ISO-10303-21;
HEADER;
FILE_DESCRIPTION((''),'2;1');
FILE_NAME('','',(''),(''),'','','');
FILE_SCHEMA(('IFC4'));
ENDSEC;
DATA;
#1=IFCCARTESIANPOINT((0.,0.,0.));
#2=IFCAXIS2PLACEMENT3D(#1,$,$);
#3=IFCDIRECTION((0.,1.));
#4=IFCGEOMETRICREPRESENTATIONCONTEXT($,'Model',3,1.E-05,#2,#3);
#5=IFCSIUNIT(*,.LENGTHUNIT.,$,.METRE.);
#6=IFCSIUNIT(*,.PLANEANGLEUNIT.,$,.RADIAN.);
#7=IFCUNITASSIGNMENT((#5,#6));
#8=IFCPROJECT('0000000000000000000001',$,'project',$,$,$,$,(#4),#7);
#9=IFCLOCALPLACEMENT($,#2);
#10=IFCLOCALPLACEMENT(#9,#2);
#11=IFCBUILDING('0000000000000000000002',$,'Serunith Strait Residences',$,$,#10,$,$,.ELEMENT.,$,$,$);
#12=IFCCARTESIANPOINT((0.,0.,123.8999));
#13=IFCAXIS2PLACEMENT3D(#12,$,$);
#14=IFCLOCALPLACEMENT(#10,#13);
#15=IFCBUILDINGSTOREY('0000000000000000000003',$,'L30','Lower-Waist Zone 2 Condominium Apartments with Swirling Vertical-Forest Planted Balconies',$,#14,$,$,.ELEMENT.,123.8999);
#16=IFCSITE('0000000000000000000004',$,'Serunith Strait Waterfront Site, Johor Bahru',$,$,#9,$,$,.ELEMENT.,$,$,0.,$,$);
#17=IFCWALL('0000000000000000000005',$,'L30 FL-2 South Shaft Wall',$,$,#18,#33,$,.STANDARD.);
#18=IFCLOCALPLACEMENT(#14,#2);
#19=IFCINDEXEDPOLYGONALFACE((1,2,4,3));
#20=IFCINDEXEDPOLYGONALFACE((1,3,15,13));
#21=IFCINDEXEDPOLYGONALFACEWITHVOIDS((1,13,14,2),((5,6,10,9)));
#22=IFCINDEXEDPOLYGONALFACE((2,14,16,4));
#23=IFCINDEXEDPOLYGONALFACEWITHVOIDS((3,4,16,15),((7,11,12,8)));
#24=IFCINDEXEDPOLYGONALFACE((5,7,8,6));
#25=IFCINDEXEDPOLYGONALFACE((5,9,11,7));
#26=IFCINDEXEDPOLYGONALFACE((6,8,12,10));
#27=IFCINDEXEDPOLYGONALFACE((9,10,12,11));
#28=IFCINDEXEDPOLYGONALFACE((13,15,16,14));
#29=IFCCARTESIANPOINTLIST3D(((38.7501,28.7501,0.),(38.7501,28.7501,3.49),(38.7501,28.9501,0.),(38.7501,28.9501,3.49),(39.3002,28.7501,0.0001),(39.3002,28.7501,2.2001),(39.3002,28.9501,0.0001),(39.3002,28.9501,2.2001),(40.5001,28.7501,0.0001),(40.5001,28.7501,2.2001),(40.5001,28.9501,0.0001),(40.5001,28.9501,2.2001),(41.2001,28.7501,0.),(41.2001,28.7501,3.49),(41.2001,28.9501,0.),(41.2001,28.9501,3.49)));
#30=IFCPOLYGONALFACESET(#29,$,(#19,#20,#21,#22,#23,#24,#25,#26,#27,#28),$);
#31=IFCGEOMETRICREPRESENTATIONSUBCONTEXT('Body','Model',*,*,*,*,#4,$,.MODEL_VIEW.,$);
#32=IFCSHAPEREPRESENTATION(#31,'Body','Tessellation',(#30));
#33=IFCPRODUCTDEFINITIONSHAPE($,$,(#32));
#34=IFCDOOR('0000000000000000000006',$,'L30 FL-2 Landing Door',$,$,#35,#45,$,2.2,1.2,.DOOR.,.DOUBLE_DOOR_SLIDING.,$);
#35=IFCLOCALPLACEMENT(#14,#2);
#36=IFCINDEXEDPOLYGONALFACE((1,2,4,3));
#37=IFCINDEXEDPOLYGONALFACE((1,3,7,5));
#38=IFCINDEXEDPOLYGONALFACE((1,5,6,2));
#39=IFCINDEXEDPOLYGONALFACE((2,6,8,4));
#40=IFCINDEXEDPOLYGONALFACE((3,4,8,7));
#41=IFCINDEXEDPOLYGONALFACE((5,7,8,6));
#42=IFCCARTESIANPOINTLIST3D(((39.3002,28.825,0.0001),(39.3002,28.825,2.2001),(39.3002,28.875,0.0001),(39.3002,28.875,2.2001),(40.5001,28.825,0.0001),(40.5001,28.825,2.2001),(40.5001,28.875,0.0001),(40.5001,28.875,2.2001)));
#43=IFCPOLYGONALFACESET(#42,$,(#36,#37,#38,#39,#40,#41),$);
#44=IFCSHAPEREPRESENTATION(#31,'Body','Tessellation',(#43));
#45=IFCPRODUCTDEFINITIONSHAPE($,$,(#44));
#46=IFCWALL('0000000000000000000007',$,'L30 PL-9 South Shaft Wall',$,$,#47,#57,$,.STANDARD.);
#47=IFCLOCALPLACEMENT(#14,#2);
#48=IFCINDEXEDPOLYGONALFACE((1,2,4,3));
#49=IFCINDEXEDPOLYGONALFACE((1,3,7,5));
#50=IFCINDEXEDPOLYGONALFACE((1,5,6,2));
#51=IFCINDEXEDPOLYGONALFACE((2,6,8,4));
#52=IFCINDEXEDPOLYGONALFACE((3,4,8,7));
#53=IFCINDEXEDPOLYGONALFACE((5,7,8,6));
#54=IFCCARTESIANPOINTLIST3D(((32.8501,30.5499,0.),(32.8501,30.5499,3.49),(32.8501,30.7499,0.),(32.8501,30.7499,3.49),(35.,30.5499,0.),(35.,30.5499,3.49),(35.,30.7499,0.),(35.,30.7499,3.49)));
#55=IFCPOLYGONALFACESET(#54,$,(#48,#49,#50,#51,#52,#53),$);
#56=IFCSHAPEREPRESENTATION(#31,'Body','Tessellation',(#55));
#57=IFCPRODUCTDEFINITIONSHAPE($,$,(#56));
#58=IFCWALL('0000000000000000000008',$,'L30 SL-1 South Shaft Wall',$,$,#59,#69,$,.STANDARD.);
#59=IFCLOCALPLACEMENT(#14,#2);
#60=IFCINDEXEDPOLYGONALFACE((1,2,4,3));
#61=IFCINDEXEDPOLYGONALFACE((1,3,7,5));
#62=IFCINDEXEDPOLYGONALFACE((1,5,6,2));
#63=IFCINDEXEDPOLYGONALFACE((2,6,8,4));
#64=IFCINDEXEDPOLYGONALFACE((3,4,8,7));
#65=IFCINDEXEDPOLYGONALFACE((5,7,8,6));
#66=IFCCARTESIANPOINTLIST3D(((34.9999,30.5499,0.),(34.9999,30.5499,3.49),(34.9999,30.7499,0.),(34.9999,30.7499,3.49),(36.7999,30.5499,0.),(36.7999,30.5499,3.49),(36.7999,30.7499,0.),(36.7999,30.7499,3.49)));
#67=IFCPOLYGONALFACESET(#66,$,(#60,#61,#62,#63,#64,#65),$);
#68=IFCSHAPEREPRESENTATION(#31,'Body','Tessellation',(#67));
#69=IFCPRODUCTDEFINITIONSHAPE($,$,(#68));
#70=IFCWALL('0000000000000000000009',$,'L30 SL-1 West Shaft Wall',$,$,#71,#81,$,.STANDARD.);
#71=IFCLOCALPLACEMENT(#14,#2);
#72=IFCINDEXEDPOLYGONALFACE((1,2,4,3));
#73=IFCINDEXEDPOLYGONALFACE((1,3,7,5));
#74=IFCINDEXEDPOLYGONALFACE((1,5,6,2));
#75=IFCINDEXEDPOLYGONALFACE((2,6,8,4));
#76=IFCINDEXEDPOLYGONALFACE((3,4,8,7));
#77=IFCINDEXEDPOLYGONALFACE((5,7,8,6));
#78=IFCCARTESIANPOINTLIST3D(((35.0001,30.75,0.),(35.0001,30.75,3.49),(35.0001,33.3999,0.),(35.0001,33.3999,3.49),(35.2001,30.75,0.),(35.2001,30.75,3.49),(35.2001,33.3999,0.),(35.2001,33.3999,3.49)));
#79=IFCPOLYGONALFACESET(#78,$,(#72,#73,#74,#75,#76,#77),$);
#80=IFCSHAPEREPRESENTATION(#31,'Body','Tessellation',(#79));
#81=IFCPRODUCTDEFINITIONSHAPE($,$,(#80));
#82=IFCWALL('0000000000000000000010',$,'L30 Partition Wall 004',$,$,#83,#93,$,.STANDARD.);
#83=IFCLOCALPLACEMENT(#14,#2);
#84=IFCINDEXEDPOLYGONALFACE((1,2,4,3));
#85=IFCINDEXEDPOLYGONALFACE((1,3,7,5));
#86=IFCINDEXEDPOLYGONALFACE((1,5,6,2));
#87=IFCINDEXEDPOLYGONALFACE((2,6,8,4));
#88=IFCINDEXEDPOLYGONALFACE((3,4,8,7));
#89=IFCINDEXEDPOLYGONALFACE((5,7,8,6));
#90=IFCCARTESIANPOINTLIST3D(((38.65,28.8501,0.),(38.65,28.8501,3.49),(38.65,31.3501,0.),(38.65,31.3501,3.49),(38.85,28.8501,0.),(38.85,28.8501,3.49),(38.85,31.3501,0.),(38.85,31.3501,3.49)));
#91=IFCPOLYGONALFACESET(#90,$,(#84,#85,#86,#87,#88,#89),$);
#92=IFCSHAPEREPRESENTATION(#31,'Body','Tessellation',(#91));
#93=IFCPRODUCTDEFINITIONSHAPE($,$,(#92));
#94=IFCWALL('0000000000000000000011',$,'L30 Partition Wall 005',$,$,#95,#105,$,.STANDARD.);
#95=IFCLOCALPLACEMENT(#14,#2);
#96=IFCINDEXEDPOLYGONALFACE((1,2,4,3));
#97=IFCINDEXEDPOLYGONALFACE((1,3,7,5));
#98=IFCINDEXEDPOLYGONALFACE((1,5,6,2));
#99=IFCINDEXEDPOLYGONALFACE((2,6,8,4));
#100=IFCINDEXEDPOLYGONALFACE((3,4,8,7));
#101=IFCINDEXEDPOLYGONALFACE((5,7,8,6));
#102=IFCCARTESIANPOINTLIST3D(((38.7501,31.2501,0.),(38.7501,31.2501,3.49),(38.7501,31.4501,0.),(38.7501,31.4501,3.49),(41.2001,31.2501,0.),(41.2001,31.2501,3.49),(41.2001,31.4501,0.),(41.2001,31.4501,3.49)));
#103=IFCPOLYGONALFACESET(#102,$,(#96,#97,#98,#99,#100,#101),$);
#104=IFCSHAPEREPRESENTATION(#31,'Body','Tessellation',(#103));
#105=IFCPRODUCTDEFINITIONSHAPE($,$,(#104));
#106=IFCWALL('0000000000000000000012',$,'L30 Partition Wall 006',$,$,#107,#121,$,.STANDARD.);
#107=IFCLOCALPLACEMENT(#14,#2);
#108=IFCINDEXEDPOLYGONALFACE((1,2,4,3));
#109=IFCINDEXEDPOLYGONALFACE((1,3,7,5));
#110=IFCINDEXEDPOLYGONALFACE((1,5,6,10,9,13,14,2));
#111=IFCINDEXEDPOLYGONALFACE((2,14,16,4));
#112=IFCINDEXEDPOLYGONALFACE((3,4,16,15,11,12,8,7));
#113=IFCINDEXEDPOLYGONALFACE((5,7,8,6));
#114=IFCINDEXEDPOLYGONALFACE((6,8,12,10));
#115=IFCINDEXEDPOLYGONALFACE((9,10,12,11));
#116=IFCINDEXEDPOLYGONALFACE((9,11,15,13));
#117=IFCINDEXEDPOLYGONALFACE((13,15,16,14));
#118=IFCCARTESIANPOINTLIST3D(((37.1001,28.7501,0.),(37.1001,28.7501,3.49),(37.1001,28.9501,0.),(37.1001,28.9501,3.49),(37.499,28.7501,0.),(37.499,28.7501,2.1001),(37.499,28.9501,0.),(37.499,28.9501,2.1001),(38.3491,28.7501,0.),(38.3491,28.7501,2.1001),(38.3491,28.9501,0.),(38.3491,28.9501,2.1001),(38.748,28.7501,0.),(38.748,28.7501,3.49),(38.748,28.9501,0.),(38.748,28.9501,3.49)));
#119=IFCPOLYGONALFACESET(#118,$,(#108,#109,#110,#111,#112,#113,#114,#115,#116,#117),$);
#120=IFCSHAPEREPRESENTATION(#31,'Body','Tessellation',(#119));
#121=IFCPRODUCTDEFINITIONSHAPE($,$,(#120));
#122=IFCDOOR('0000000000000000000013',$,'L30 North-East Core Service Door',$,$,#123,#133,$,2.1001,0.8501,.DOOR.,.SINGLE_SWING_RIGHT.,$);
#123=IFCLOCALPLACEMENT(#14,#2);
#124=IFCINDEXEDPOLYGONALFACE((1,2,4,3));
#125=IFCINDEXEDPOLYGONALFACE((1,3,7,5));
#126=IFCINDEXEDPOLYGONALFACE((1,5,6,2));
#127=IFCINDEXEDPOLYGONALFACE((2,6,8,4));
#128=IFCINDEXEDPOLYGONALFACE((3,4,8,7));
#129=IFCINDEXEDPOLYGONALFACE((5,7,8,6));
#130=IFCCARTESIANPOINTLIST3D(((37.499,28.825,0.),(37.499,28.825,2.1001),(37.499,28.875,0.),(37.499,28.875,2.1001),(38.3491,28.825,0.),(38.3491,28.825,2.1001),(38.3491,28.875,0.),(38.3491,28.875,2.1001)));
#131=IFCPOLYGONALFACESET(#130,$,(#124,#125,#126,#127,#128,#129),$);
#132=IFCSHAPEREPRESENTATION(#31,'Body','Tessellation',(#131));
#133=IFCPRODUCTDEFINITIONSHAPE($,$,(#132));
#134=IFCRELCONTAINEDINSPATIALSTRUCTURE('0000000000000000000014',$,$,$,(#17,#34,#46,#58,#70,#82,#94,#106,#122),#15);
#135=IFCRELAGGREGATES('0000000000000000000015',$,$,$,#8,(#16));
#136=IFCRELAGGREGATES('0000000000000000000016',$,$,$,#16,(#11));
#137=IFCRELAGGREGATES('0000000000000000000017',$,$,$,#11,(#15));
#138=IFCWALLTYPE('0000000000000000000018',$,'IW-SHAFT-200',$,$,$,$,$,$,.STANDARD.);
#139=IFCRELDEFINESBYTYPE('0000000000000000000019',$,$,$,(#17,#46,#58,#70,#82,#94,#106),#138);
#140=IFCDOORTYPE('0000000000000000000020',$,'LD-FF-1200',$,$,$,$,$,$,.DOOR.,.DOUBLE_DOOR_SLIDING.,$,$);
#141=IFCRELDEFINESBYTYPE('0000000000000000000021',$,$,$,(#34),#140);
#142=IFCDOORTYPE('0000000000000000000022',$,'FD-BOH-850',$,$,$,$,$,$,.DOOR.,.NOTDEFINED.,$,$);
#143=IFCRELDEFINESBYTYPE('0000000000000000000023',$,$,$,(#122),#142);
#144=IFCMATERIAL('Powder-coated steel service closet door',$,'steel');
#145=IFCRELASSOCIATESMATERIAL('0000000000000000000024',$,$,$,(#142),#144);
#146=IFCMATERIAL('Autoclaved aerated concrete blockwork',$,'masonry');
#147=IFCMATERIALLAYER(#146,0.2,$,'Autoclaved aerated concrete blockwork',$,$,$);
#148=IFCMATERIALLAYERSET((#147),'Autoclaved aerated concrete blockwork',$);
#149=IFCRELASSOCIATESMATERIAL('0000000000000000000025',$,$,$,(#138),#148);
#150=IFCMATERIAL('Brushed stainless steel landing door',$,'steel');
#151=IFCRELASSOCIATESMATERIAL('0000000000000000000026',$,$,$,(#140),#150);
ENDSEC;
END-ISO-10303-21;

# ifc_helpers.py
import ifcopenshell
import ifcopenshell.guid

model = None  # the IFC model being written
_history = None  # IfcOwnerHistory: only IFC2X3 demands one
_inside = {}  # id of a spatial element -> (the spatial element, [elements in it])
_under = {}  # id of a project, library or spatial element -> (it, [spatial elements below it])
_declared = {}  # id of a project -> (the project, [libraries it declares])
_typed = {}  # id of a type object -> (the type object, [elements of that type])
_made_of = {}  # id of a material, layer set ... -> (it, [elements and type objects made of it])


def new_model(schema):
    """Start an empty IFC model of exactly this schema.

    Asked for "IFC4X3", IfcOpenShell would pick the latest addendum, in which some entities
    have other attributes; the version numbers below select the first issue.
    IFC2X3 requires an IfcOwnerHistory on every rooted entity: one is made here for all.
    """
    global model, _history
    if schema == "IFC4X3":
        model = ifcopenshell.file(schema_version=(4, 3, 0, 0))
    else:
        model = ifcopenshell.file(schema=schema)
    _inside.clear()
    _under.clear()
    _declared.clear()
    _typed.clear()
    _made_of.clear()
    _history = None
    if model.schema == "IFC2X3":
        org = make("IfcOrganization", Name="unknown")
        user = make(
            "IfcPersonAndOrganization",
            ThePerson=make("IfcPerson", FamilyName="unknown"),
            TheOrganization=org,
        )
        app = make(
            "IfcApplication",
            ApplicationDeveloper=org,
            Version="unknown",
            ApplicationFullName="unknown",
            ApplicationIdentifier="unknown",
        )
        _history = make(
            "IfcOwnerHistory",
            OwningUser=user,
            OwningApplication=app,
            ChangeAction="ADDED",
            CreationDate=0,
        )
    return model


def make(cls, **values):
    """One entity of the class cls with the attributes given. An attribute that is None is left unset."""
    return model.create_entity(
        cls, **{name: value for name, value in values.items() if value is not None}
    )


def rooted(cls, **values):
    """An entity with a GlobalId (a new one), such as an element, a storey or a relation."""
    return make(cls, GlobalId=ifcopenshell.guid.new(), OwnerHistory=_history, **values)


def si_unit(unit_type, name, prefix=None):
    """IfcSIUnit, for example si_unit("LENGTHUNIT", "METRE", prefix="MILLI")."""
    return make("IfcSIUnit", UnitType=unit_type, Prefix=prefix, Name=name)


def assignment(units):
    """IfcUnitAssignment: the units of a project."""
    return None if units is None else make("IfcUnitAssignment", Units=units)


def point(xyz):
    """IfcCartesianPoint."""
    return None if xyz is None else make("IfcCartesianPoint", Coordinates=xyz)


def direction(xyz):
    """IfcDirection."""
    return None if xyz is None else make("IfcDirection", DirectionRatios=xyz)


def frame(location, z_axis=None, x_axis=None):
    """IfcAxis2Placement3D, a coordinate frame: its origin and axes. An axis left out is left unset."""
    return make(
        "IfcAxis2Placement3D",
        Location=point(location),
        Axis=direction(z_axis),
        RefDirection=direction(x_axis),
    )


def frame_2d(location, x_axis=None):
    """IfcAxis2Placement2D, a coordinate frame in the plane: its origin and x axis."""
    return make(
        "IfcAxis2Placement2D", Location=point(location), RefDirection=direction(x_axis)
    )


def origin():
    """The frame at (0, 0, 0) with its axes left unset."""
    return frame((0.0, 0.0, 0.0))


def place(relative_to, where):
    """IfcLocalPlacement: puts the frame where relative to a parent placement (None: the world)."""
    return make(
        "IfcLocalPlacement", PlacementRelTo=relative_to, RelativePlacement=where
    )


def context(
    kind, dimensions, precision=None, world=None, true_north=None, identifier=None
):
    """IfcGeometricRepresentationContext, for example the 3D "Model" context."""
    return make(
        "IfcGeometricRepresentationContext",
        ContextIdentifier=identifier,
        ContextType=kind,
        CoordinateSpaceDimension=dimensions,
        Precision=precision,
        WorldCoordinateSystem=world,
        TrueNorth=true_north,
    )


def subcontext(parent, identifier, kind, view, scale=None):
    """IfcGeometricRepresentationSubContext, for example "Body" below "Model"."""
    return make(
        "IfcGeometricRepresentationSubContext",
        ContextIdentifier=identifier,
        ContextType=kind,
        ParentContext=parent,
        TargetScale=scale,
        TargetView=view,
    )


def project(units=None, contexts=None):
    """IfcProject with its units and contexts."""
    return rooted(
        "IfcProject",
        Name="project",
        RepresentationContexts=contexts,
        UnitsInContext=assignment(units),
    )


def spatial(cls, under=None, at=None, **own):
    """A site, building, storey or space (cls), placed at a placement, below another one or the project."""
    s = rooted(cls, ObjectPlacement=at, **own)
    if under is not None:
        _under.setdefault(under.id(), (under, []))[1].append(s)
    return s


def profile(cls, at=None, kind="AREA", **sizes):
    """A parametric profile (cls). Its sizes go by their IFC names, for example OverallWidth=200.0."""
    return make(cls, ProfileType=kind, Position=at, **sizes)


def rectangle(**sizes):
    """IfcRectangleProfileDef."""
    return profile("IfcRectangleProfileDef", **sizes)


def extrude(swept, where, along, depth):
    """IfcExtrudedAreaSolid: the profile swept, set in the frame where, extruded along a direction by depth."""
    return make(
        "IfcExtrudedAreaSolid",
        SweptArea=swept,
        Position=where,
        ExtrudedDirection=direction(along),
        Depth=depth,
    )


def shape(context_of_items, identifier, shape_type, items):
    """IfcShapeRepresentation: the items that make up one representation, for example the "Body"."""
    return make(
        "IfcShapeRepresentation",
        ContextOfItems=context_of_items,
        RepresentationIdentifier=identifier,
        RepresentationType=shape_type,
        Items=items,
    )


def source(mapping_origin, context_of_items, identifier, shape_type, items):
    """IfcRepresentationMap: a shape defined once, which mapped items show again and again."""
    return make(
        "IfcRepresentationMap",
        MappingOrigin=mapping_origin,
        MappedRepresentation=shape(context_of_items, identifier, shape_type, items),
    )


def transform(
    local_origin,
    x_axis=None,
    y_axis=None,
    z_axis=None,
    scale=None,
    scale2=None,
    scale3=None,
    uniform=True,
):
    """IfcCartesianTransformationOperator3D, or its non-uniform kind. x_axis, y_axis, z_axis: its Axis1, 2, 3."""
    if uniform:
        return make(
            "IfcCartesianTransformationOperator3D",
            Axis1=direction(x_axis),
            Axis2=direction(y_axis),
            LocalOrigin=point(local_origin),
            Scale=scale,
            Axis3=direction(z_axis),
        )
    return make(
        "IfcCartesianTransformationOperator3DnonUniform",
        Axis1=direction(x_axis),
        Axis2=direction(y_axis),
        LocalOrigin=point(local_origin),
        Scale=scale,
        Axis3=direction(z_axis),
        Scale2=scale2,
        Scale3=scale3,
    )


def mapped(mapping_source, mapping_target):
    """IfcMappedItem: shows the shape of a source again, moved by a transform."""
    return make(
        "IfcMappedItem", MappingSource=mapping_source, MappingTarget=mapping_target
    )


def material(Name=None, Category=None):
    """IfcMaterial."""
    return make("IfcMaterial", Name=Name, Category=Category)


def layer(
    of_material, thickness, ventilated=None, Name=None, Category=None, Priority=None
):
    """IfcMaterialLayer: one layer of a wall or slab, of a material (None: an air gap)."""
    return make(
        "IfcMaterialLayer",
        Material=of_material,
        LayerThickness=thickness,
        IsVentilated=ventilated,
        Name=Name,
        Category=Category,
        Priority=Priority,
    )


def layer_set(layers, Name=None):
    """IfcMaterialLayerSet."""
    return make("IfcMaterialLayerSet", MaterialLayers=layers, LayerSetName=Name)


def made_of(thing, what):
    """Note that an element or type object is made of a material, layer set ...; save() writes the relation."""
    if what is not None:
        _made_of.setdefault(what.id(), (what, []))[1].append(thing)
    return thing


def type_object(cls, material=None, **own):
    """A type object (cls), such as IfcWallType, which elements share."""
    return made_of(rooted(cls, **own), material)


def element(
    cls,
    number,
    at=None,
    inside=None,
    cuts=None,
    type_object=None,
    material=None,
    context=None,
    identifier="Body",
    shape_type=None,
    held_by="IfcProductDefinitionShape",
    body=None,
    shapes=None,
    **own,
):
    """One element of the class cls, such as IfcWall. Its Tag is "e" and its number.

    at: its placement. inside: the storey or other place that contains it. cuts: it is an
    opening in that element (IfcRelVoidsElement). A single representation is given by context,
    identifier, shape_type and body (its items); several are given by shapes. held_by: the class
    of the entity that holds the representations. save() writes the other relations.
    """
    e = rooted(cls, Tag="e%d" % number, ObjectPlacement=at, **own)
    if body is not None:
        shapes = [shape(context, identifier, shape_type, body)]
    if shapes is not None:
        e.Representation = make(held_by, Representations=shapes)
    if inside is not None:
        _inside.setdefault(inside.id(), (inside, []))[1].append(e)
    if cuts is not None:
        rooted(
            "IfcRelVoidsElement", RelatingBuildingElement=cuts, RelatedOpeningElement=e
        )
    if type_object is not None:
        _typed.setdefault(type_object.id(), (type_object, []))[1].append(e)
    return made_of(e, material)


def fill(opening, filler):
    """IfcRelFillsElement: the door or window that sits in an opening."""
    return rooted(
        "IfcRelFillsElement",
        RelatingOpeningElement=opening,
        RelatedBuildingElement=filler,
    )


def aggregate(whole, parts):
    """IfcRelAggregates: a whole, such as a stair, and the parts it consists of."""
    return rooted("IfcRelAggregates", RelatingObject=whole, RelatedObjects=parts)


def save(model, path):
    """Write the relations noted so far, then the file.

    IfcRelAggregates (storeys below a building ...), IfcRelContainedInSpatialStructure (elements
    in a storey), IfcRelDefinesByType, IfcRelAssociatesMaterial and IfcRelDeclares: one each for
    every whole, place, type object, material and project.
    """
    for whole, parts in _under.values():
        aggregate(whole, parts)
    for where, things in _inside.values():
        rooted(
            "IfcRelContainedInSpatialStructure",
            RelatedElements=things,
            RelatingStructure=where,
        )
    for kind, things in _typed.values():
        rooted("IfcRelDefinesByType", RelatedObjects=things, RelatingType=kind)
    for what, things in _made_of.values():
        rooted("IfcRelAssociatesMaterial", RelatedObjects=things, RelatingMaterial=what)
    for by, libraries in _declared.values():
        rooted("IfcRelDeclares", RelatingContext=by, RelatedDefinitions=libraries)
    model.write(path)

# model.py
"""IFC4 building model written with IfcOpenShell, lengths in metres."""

from ifc_helpers import new_model, si_unit, direction, frame, frame_2d, origin, place, context, subcontext, project, spatial, rectangle, extrude, source, transform, mapped, material, layer, layer_set, type_object, element, fill, save


model = new_model("IFC4")

# Units and contexts
model_context = context("Model", 3, precision=1e-05, world=origin(), true_north=direction((0.0, 1.0)))
body_context = subcontext(model_context, "Body", "Model", "MODEL_VIEW")
ifc_project = project(units=[si_unit("LENGTHUNIT", "METRE"), si_unit("PLANEANGLEUNIT", "RADIAN")], contexts=[model_context])

# Site, building, storey
site_placement = place(None, origin())
site = spatial("IfcSite", under=ifc_project, at=site_placement, Name="Serunith Strait Waterfront Site, Johor Bahru", CompositionType="ELEMENT", RefElevation=0.0)
building_placement = place(site_placement, origin())
building = spatial("IfcBuilding", under=site, at=building_placement, Name="Serunith Strait Residences", CompositionType="ELEMENT")
storey_placement = place(building_placement, frame((0.0, 0.0, 123.8999)))
storey = spatial("IfcBuildingStorey", under=building, at=storey_placement, Name="L30", Description="Lower-Waist Zone 2 Condominium Apartments with Swirling Vertical-Forest Planted Balconies", CompositionType="ELEMENT", Elevation=123.8999)

# Shared definitions
ifc_material_1 = material(Name="Powder-coated steel service closet door", Category="steel")
door_type_1 = type_object("IfcDoorType", Name="FD-BOH-850", OperationType="NOTDEFINED", PredefinedType="DOOR", material=ifc_material_1)
shared_shape_1 = source(origin(), body_context, "Body", "SweptSolid", [
    extrude(rectangle(XDim=0.8501, YDim=2.1001, at=frame_2d((0.425, 1.05))), frame((0.0, 0.0249, 0.0), z_axis=(0.0, -1.0, 0.0), x_axis=(1.0, 0.0, 0.0)), (0.0, 0.0, 1.0), 0.05),
])

# Wall, opening, door
ifc_material_2 = material(Name="Autoclaved aerated concrete blockwork", Category="masonry")
ifc_layer_1 = layer(ifc_material_2, 0.2, Name="Autoclaved aerated concrete blockwork")
ifc_layer_set_1 = layer_set([ifc_layer_1], Name="Autoclaved aerated concrete blockwork")
wall_type_1 = type_object("IfcWallType", Name="IW-SHAFT-200", PredefinedType="STANDARD", material=ifc_layer_set_1)
wall_1_placement = place(storey_placement, frame((38.75, 28.8501, 0.0), z_axis=(0.0, 0.0, 1.0), x_axis=(1.0, 0.0, 0.0)))
wall_1 = element("IfcWall", 1, at=wall_1_placement, inside=storey, type_object=wall_type_1, Name="L30 FL-2 South Shaft Wall", PredefinedType="STANDARD", context=body_context, shape_type="SweptSolid", body=[
    extrude(rectangle(XDim=2.45, YDim=0.2, at=frame_2d((1.2251, 0.0))), origin(), (0.0, 0.0, 1.0), 3.49),
])
opening_1_placement = place(wall_1_placement, frame((0.55, 0.0, 0.0)))
opening_1 = element("IfcOpeningElement", 2, at=opening_1_placement, cuts=wall_1, PredefinedType="OPENING", context=body_context, shape_type="SweptSolid", body=[
    extrude(rectangle(XDim=1.2, YDim=2.2, at=frame_2d((0.6001, 1.1001))), frame((0.0, 0.1099, 0.0), z_axis=(0.0, -1.0, 0.0), x_axis=(1.0, 0.0, 0.0)), (0.0, 0.0, 1.0), 0.22),
])
ifc_material_3 = material(Name="Brushed stainless steel landing door", Category="steel")
door_type_2 = type_object("IfcDoorType", Name="LD-FF-1200", OperationType="DOUBLE_DOOR_SLIDING", PredefinedType="DOOR", material=ifc_material_3)
shared_shape_2 = source(origin(), body_context, "Body", "SweptSolid", [
    extrude(rectangle(XDim=1.2, YDim=2.2, at=frame_2d((0.6001, 1.1001))), frame((0.0, 0.0249, 0.0), z_axis=(0.0, -1.0, 0.0), x_axis=(1.0, 0.0, 0.0)), (0.0, 0.0, 1.0), 0.05),
])
door_1_placement = place(opening_1_placement, origin())
door_1 = element("IfcDoor", 3, at=door_1_placement, inside=storey, type_object=door_type_2, Name="L30 FL-2 Landing Door", OperationType="DOUBLE_DOOR_SLIDING", OverallHeight=2.2, OverallWidth=1.2, PredefinedType="DOOR", context=body_context, shape_type="MappedRepresentation", body=[
    mapped(shared_shape_2, transform((0.0, 0.0, 0.0), scale=1.0)),
])
fill(opening_1, door_1)

# Walls
wall_2_placement = place(storey_placement, frame((32.8501, 30.6499, 0.0), z_axis=(0.0, 0.0, 1.0), x_axis=(1.0, 0.0, 0.0)))
element("IfcWall", 4, at=wall_2_placement, inside=storey, type_object=wall_type_1, Name="L30 PL-9 South Shaft Wall", PredefinedType="STANDARD", context=body_context, shape_type="SweptSolid", body=[
    extrude(rectangle(XDim=2.1499, YDim=0.2, at=frame_2d((1.075, 0.0))), origin(), (0.0, 0.0, 1.0), 3.49),
])
wall_3_placement = place(storey_placement, frame((35.0, 30.6499, 0.0), z_axis=(0.0, 0.0, 1.0), x_axis=(1.0, 0.0, 0.0)))
element("IfcWall", 5, at=wall_3_placement, inside=storey, type_object=wall_type_1, Name="L30 SL-1 South Shaft Wall", PredefinedType="STANDARD", context=body_context, shape_type="SweptSolid", body=[
    extrude(rectangle(XDim=1.8, YDim=0.2, at=frame_2d((0.8999, 0.0))), origin(), (0.0, 0.0, 1.0), 3.49),
])
wall_4_placement = place(storey_placement, frame((35.1001, 30.75, 0.0), z_axis=(0.0, 0.0, 1.0), x_axis=(0.0, 1.0, 0.0)))
element("IfcWall", 6, at=wall_4_placement, inside=storey, type_object=wall_type_1, Name="L30 SL-1 West Shaft Wall", PredefinedType="STANDARD", context=body_context, shape_type="SweptSolid", body=[
    extrude(rectangle(XDim=2.6499, YDim=0.2, at=frame_2d((1.325, 0.0))), origin(), (0.0, 0.0, 1.0), 3.49),
])
wall_5_placement = place(storey_placement, frame((38.75, 28.8501, 0.0), z_axis=(0.0, 0.0, 1.0), x_axis=(0.0, 1.0, 0.0)))
element("IfcWall", 7, at=wall_5_placement, inside=storey, type_object=wall_type_1, Name="L30 Partition Wall 004", PredefinedType="STANDARD", context=body_context, shape_type="SweptSolid", body=[
    extrude(rectangle(XDim=2.5, YDim=0.2, at=frame_2d((1.25, 0.0))), origin(), (0.0, 0.0, 1.0), 3.49),
])
wall_6_placement = place(storey_placement, frame((38.75, 31.3501, 0.0), z_axis=(0.0, 0.0, 1.0), x_axis=(1.0, 0.0, 0.0)))
element("IfcWall", 8, at=wall_6_placement, inside=storey, type_object=wall_type_1, Name="L30 Partition Wall 005", PredefinedType="STANDARD", context=body_context, shape_type="SweptSolid", body=[
    extrude(rectangle(XDim=2.45, YDim=0.2, at=frame_2d((1.2251, 0.0))), origin(), (0.0, 0.0, 1.0), 3.49),
])

# Wall, opening, door
wall_7_placement = place(storey_placement, frame((37.1001, 28.8501, 0.0), z_axis=(0.0, 0.0, 1.0), x_axis=(1.0, 0.0, 0.0)))
wall_7 = element("IfcWall", 9, at=wall_7_placement, inside=storey, type_object=wall_type_1, Name="L30 Partition Wall 006", PredefinedType="STANDARD", context=body_context, shape_type="SweptSolid", body=[
    extrude(rectangle(XDim=1.6479, YDim=0.2, at=frame_2d((0.824, 0.0))), origin(), (0.0, 0.0, 1.0), 3.49),
])
opening_2_placement = place(wall_7_placement, frame((0.3989, 0.0, 0.0)))
opening_2 = element("IfcOpeningElement", 10, at=opening_2_placement, cuts=wall_7, PredefinedType="OPENING", context=body_context, shape_type="SweptSolid", body=[
    extrude(rectangle(XDim=0.8501, YDim=2.1001, at=frame_2d((0.425, 1.05))), frame((0.0, 0.1099, 0.0), z_axis=(0.0, -1.0, 0.0), x_axis=(1.0, 0.0, 0.0)), (0.0, 0.0, 1.0), 0.22),
])
door_2_placement = place(opening_2_placement, origin())
door_2 = element("IfcDoor", 11, at=door_2_placement, inside=storey, type_object=door_type_1, Name="L30 North-East Core Service Door", OperationType="SINGLE_SWING_RIGHT", OverallHeight=2.1001, OverallWidth=0.8501, PredefinedType="DOOR", context=body_context, shape_type="MappedRepresentation", body=[
    mapped(shared_shape_1, transform((0.0, 0.0, 0.0), scale=1.0)),
])
fill(opening_2, door_2)

save(model, "model.ifc")
